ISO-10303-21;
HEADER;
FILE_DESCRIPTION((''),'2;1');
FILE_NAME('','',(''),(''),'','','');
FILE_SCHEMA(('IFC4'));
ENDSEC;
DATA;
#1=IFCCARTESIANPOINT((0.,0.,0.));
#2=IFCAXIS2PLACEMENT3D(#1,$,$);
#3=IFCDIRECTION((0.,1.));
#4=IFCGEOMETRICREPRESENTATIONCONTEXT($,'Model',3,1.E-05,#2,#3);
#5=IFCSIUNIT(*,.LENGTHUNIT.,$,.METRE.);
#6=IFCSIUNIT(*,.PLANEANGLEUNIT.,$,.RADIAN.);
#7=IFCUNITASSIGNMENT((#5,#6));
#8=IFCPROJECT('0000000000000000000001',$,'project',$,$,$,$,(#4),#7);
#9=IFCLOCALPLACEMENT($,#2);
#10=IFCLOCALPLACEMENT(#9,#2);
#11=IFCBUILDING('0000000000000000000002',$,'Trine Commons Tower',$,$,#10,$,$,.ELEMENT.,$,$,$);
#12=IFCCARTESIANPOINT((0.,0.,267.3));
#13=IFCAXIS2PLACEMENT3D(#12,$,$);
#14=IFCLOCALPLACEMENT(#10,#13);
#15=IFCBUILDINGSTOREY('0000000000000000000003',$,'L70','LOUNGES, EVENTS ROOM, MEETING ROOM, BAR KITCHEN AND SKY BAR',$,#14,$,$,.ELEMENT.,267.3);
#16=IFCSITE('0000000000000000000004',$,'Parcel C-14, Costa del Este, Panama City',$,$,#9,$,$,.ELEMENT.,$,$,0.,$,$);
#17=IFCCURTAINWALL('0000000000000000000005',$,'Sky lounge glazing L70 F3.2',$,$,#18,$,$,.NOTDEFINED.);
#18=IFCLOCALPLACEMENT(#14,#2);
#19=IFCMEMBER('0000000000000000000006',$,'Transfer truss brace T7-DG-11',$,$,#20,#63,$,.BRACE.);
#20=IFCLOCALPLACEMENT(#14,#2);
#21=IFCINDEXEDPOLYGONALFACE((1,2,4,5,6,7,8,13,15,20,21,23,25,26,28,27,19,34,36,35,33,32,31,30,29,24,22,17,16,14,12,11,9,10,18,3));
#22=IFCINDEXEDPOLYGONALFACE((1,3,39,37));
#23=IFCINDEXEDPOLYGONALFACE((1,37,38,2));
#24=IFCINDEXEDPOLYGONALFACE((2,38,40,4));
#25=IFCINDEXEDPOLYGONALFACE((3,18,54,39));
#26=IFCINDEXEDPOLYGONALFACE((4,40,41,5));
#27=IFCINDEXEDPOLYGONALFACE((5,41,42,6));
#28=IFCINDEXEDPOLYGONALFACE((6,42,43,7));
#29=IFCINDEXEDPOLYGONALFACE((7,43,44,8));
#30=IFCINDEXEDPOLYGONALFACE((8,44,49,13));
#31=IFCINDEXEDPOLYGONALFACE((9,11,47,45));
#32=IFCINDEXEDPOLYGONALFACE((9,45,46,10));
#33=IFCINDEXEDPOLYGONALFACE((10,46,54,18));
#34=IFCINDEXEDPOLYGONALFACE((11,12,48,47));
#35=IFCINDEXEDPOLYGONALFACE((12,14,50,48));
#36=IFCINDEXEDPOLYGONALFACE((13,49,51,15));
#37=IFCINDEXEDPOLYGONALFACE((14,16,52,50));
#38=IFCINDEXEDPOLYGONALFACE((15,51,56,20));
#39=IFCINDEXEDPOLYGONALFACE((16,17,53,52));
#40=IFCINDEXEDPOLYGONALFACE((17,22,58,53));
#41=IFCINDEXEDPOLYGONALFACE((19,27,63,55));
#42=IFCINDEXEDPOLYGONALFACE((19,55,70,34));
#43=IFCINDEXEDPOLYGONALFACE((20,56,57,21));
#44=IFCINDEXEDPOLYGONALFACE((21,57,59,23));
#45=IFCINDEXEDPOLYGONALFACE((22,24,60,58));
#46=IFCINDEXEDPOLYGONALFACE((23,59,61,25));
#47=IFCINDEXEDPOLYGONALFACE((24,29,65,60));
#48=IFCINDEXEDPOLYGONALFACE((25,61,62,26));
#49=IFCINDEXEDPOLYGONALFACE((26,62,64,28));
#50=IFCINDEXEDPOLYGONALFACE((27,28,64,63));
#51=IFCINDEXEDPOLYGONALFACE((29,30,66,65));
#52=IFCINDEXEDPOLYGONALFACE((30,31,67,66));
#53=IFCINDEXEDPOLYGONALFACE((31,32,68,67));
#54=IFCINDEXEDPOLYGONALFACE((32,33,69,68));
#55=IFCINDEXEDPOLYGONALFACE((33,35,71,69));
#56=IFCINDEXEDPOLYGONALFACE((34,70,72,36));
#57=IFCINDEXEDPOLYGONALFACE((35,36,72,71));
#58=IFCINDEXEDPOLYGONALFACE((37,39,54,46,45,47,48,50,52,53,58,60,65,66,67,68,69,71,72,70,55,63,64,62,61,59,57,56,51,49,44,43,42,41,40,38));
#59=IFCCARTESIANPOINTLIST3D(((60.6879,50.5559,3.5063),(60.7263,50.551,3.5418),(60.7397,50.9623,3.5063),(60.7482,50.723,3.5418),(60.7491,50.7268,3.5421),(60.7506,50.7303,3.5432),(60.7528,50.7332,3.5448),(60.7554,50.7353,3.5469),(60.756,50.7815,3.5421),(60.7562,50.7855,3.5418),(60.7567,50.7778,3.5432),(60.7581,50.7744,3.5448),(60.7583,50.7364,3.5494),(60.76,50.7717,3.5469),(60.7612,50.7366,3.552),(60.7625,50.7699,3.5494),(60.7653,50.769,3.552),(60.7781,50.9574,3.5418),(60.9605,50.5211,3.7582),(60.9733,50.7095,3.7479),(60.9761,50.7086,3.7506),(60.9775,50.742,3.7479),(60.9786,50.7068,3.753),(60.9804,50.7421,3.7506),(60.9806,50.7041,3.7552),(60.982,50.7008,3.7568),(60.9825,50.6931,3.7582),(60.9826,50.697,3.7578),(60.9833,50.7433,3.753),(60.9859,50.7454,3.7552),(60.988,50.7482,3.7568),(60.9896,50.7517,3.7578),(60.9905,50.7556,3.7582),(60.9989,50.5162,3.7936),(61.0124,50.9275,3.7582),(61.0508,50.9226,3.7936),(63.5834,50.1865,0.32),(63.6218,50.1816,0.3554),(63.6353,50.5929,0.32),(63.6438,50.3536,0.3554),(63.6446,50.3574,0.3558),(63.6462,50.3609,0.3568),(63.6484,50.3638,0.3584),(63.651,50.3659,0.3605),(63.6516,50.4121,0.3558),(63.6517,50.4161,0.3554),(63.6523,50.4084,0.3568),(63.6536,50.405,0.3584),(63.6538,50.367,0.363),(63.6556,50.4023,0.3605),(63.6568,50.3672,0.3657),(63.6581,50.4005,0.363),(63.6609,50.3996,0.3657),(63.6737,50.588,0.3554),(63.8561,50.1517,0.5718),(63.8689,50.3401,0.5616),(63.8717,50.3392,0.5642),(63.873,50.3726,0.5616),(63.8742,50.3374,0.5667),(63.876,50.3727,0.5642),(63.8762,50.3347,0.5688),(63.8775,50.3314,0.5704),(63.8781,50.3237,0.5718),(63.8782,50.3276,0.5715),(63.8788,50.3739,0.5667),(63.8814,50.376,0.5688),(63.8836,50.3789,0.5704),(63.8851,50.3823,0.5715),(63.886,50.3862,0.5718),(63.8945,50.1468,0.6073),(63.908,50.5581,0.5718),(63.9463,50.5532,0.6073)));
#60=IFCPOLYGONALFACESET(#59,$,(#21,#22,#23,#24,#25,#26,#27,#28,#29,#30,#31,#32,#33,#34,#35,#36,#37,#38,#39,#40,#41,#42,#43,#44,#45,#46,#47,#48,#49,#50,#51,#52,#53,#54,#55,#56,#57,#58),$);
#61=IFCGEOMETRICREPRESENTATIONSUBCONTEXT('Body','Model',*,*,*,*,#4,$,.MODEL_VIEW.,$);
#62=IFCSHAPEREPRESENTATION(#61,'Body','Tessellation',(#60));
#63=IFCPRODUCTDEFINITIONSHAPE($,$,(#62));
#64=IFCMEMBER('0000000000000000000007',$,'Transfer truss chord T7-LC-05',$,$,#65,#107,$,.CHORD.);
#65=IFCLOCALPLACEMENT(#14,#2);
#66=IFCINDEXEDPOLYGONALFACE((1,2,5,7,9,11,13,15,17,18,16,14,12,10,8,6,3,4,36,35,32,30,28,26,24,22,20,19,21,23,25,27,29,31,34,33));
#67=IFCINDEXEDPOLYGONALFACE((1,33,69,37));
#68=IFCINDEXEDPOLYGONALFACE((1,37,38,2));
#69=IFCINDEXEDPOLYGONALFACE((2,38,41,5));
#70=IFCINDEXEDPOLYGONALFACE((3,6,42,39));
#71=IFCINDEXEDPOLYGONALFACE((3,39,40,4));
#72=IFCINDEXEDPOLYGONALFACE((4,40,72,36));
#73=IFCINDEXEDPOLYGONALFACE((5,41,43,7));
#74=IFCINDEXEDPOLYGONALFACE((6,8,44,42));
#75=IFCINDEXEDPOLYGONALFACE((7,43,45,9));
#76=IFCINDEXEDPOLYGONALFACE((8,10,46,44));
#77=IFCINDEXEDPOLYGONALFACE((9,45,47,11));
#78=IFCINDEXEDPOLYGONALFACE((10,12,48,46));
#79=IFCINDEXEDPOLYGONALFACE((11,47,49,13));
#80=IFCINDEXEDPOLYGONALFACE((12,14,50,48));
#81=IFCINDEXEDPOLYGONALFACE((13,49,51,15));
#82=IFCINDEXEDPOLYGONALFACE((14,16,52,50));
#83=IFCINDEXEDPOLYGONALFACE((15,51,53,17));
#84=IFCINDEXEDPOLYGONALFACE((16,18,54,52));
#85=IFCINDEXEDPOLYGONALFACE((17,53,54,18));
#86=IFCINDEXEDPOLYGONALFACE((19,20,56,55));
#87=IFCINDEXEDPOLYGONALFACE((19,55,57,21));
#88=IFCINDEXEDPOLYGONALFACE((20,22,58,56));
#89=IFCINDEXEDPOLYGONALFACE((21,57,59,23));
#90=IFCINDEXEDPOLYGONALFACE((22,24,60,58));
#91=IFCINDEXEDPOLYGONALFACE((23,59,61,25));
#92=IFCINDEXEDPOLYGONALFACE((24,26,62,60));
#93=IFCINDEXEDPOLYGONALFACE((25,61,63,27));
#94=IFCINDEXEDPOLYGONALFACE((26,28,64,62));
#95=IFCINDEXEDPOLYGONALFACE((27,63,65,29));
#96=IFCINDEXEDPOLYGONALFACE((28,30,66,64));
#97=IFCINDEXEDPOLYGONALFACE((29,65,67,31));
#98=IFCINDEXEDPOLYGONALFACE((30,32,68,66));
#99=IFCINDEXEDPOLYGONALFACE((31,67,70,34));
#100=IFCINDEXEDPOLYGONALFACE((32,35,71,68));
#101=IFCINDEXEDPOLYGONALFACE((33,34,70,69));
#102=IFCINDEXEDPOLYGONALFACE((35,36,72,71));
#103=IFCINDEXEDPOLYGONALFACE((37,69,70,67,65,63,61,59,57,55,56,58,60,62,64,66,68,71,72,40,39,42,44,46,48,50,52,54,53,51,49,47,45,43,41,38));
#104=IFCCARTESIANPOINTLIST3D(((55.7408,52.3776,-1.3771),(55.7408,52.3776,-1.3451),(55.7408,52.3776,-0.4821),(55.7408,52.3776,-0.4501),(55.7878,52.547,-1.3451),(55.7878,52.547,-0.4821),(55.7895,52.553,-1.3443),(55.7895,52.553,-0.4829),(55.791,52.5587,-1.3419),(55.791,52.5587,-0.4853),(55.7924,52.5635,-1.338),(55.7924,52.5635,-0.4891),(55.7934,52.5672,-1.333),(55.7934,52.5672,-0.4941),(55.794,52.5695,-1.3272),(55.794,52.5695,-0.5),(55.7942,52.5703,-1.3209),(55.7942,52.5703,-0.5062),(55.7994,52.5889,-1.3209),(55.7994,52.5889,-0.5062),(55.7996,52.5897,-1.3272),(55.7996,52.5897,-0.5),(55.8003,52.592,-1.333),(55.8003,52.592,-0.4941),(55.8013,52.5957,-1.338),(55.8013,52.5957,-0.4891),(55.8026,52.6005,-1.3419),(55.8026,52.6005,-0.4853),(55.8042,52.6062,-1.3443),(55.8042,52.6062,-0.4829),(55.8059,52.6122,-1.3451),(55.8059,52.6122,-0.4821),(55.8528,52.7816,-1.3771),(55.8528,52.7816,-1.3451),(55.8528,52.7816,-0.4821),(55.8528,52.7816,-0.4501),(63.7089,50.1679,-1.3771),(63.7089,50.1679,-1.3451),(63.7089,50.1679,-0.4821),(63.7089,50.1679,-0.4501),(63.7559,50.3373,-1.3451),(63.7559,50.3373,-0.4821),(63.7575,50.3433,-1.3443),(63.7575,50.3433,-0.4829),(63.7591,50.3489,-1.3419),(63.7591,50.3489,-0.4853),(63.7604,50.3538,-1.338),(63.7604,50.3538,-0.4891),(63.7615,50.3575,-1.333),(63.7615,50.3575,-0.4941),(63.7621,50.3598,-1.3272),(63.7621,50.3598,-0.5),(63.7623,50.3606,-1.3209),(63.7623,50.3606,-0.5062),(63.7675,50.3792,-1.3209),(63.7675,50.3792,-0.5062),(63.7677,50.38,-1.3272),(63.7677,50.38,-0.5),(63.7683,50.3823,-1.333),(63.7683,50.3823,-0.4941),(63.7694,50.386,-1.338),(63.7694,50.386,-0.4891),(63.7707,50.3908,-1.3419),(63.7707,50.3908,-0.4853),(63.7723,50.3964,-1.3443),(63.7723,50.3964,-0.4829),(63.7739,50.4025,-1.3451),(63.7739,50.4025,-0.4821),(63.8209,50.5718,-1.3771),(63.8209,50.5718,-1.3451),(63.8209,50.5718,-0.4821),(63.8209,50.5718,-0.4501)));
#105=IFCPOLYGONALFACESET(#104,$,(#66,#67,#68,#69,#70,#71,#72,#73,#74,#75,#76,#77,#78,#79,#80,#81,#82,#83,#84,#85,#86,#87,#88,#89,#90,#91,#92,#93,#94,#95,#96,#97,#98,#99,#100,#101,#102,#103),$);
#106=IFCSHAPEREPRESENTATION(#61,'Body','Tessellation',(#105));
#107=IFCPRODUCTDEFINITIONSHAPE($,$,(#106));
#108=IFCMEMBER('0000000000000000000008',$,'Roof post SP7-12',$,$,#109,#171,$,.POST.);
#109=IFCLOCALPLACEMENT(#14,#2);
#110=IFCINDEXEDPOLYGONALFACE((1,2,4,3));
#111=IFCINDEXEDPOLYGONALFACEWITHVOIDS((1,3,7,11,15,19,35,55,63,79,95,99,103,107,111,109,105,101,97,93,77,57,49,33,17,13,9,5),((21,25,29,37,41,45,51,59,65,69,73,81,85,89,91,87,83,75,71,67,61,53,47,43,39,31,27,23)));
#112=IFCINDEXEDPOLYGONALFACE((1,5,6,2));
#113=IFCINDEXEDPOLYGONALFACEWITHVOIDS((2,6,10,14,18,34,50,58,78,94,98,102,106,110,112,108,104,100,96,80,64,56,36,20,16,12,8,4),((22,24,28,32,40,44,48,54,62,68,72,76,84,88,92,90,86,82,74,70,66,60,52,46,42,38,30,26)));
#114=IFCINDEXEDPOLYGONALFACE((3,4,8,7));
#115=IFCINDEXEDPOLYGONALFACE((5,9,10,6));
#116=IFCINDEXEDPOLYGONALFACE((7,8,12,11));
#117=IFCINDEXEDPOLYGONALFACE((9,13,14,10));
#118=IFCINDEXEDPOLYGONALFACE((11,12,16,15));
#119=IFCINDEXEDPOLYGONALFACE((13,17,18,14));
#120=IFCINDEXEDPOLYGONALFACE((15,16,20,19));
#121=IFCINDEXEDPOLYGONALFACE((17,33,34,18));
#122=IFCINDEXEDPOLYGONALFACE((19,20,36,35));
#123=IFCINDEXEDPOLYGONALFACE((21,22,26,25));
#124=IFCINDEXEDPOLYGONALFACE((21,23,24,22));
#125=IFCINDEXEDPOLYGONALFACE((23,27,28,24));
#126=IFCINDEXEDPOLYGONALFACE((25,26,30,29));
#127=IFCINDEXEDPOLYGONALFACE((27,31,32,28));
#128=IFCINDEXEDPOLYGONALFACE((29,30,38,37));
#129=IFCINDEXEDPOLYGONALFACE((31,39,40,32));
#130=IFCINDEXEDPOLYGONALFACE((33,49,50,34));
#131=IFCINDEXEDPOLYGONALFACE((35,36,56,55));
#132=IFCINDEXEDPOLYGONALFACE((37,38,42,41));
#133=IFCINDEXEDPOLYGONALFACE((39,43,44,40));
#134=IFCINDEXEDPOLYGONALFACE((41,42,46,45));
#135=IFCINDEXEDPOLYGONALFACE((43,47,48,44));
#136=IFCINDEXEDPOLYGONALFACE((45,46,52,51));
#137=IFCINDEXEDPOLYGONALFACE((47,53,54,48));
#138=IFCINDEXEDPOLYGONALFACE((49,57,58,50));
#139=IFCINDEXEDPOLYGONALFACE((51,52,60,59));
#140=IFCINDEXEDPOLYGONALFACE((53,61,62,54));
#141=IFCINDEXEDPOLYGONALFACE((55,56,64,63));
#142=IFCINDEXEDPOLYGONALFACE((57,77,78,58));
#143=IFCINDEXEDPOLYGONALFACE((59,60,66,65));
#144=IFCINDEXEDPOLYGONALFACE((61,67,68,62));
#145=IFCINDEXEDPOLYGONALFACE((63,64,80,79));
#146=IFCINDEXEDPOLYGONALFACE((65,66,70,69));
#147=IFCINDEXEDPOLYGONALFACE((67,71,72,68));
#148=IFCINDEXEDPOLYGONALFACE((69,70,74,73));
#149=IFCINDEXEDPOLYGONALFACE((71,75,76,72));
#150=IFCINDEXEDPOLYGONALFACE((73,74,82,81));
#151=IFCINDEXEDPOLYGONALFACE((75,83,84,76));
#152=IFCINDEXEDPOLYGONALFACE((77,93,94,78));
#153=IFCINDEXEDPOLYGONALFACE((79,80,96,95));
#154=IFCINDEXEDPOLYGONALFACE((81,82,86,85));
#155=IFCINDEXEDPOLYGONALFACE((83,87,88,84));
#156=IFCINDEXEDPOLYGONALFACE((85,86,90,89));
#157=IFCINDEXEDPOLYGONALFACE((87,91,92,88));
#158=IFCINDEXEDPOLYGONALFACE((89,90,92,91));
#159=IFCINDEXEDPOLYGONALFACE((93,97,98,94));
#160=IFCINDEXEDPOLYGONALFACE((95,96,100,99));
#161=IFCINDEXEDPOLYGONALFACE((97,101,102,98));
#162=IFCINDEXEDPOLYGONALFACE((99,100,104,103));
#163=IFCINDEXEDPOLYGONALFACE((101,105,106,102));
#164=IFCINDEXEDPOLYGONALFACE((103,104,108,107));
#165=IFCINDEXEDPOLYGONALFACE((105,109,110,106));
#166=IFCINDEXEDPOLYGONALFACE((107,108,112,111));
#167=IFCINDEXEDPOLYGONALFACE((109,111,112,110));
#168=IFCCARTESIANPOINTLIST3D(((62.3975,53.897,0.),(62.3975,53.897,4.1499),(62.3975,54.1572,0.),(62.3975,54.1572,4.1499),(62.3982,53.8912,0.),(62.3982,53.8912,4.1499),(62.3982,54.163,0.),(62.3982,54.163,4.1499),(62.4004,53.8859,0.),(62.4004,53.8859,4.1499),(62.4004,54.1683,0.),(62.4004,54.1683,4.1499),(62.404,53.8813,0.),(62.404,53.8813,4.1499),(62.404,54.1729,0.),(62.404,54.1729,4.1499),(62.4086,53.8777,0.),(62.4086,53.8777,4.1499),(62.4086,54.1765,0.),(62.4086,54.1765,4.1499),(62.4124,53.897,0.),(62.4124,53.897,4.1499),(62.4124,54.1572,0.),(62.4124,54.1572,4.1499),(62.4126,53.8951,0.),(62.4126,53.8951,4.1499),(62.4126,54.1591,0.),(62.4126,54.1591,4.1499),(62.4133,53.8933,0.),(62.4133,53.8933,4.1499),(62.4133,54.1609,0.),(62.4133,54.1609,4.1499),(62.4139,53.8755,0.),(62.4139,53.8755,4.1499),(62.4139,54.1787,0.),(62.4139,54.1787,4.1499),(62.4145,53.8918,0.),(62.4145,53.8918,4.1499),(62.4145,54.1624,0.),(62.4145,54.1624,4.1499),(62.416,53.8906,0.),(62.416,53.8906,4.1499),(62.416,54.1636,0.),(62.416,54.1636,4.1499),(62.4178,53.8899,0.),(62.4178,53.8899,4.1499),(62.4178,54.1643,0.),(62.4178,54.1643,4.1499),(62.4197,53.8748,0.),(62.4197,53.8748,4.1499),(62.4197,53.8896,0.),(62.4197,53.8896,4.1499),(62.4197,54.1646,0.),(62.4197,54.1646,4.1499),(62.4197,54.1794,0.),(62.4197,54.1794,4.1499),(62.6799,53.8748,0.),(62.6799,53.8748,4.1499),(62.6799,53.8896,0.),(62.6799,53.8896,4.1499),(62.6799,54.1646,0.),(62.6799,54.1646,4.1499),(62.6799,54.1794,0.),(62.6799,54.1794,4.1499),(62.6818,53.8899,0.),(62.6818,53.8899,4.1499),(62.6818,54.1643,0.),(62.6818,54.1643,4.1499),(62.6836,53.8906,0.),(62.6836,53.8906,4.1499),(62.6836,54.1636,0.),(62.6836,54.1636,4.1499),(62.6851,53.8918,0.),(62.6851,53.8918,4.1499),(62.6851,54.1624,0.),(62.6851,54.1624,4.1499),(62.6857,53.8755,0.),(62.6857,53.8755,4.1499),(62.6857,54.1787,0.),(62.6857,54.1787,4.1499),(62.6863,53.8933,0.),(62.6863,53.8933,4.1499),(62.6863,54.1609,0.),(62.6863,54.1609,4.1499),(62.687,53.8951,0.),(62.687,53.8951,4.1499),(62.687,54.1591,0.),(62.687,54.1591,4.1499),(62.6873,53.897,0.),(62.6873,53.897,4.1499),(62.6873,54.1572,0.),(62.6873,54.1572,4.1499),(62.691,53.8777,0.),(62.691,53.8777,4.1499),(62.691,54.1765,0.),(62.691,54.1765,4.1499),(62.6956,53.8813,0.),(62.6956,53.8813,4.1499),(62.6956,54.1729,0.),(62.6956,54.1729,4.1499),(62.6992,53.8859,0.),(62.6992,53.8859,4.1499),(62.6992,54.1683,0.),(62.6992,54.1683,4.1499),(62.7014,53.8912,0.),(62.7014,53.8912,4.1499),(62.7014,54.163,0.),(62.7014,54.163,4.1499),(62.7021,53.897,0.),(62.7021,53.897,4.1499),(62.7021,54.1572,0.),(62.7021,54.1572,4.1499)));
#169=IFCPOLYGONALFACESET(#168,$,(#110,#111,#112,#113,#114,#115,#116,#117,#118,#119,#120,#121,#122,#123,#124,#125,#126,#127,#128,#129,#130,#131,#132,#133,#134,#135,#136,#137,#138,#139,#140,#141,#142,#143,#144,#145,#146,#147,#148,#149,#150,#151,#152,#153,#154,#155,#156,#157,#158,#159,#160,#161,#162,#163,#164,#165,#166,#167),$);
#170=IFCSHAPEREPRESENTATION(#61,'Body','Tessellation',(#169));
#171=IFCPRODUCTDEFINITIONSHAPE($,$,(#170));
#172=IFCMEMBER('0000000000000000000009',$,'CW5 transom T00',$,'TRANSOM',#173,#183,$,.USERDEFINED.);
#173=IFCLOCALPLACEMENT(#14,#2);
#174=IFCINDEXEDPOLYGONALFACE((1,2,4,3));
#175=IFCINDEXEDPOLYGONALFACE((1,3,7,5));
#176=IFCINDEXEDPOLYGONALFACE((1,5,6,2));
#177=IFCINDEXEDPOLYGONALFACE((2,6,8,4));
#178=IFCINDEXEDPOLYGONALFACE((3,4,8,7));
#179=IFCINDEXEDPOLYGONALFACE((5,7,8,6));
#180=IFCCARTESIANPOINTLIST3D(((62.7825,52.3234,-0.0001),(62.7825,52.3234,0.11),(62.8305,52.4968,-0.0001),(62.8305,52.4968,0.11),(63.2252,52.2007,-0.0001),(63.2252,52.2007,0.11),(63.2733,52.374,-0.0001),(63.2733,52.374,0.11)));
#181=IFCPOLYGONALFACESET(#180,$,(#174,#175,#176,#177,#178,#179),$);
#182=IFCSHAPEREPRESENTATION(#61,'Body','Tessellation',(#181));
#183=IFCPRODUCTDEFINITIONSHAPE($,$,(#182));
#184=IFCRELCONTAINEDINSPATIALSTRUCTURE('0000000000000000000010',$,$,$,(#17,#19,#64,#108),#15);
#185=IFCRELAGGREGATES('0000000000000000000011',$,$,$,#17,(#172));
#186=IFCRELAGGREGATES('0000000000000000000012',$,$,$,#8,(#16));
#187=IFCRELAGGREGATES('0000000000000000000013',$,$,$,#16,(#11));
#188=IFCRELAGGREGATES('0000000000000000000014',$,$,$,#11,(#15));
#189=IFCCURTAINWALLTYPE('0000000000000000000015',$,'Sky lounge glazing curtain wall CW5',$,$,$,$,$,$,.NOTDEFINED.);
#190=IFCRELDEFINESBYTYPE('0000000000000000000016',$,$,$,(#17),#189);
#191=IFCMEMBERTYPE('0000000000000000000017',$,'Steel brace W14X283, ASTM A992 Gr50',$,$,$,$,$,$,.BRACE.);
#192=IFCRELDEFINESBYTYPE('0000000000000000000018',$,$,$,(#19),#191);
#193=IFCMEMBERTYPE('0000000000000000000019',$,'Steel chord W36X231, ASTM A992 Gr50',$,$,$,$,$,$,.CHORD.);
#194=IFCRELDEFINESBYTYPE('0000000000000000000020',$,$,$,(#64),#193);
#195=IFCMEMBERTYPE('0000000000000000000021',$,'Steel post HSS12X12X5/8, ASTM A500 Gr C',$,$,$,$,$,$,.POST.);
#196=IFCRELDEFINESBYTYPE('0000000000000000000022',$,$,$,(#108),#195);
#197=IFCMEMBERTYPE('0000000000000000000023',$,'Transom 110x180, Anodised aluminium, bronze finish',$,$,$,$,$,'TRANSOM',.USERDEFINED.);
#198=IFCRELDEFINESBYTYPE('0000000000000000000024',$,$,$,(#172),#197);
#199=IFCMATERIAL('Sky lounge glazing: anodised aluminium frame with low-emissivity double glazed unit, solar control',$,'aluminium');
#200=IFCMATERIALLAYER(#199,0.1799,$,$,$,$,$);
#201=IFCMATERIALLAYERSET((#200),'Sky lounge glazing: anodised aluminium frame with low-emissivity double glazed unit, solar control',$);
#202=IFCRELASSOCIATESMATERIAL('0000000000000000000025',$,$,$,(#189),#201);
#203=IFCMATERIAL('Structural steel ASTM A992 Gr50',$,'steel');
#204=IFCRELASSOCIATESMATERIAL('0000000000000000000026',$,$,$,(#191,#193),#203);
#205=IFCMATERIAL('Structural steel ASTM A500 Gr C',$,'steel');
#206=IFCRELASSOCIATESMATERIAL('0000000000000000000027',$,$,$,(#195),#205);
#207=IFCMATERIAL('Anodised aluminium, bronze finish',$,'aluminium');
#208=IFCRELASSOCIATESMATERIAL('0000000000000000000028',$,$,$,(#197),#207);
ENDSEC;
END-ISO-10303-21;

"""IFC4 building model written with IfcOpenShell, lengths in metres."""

from ifc_helpers import new_model, si_unit, direction, frame, origin, origin_2d, place, context, subcontext, project, spatial, rectangle, hollow_rectangle, i_section, extrude, material, layer, layer_set, material_profile, profile_set, type_object, element, aggregate, save


model = new_model("IFC4")

# Units and contexts
model_context = context("Model", 3, precision=1e-05, world=origin(), true_north=direction((0.0, 1.0)))
body_context = subcontext(model_context, "Body", "Model", "MODEL_VIEW")
ifc_project = project(units=[si_unit("LENGTHUNIT", "METRE"), si_unit("PLANEANGLEUNIT", "RADIAN")], contexts=[model_context])

# Site, building, storey
site_placement = place(None, origin())
site = spatial("IfcSite", under=ifc_project, at=site_placement, Name="Parcel C-14, Costa del Este, Panama City", CompositionType="ELEMENT", RefElevation=0.0)
building_placement = place(site_placement, origin())
building = spatial("IfcBuilding", under=site, at=building_placement, Name="Trine Commons Tower", CompositionType="ELEMENT")
storey_placement = place(building_placement, frame((0.0, 0.0, 267.3)))
storey = spatial("IfcBuildingStorey", under=building, at=storey_placement, Name="L70", Description="LOUNGES, EVENTS ROOM, MEETING ROOM, BAR KITCHEN AND SKY BAR", CompositionType="ELEMENT", Elevation=267.3)

# Curtain wall
ifc_material_1 = material(Name="Sky lounge glazing: anodised aluminium frame with low-emissivity double glazed unit, solar control", Category="aluminium")
ifc_layer_1 = layer(ifc_material_1, 0.1799)
ifc_layer_set_1 = layer_set([ifc_layer_1], Name="Sky lounge glazing: anodised aluminium frame with low-emissivity double glazed unit, solar control")
curtain_wall_type = type_object("IfcCurtainWallType", Name="Sky lounge glazing curtain wall CW5", PredefinedType="NOTDEFINED", material=ifc_layer_set_1)
curtain_wall_1_placement = place(storey_placement, origin())
curtain_wall_1 = element("IfcCurtainWall", 1, at=curtain_wall_1_placement, inside=storey, type_object=curtain_wall_type, Name="Sky lounge glazing L70 F3.2", PredefinedType="NOTDEFINED")
ifc_material_2 = material(Name="Anodised aluminium, bronze finish", Category="aluminium")

# Shared definitions
ifc_material_3 = material(Name="Structural steel ASTM A992 Gr50", Category="steel")

# Members
ifc_material_profile_1 = material_profile(ifc_material_3, i_section(OverallWidth=0.4097, OverallDepth=0.4253, WebThickness=0.0327, FlangeThickness=0.0525, FilletRadius=0.0151, at=origin_2d()), Name="W14X283")
ifc_profile_set_1 = profile_set([ifc_material_profile_1], Name="Structural steel ASTM A992 Gr50")
member_type_1 = type_object("IfcMemberType", Name="Steel brace W14X283, ASTM A992 Gr50", PredefinedType="BRACE", material=ifc_profile_set_1)
member_1_placement = place(storey_placement, frame((63.7649, 50.3699, 0.4636), z_axis=(-0.67007, 0.085482, 0.737359), x_axis=(-0.126546, -0.991961, 0.0)))
element("IfcMember", 2, at=member_1_placement, inside=storey, type_object=member_type_1, Name="Transfer truss brace T7-DG-11", PredefinedType="BRACE", context=body_context, shape_type="SweptSolid", body=[
    extrude(i_section(OverallWidth=0.4097, OverallDepth=0.4253, WebThickness=0.0327, FlangeThickness=0.0525, FilletRadius=0.0151, at=origin_2d()), origin(), (0.0, 0.0, 1.0), 4.3213),
])
ifc_material_profile_2 = material_profile(ifc_material_3, i_section(OverallWidth=0.4192, OverallDepth=0.927, WebThickness=0.0193, FlangeThickness=0.032, FilletRadius=0.0242, at=origin_2d()), Name="W36X231")
ifc_profile_set_2 = profile_set([ifc_material_profile_2], Name="Structural steel ASTM A992 Gr50")
member_type_2 = type_object("IfcMemberType", Name="Steel chord W36X231, ASTM A992 Gr50", PredefinedType="CHORD", material=ifc_profile_set_2)
member_2_placement = place(storey_placement, frame((63.7649, 50.3699, -0.9136), z_axis=(-0.963631, 0.267237, 0.0), x_axis=(-0.267237, -0.963631, 0.0)))
element("IfcMember", 3, at=member_2_placement, inside=storey, type_object=member_type_2, Name="Transfer truss chord T7-LC-05", PredefinedType="CHORD", context=body_context, shape_type="SweptSolid", body=[
    extrude(i_section(OverallWidth=0.4192, OverallDepth=0.927, WebThickness=0.0193, FlangeThickness=0.032, FilletRadius=0.0242, at=origin_2d()), origin(), (0.0, 0.0, 1.0), 8.2688),
])
ifc_material_4 = material(Name="Structural steel ASTM A500 Gr C", Category="steel")
ifc_material_profile_3 = material_profile(ifc_material_4, hollow_rectangle(XDim=0.3047, YDim=0.3047, WallThickness=0.0149, InnerFilletRadius=0.0073, OuterFilletRadius=0.0222, at=origin_2d()), Name="HSS12X12X5/8")
ifc_profile_set_3 = profile_set([ifc_material_profile_3], Name="Structural steel ASTM A500 Gr C")
member_type_3 = type_object("IfcMemberType", Name="Steel post HSS12X12X5/8, ASTM A500 Gr C", PredefinedType="POST", material=ifc_profile_set_3)
member_3_placement = place(storey_placement, frame((62.5498, 54.0271, 0.0), z_axis=(0.0, 0.0, 1.0), x_axis=(1.0, 0.0, 0.0)))
element("IfcMember", 4, at=member_3_placement, inside=storey, type_object=member_type_3, Name="Roof post SP7-12", PredefinedType="POST", context=body_context, shape_type="SweptSolid", body=[
    extrude(hollow_rectangle(XDim=0.3047, YDim=0.3047, WallThickness=0.0149, InnerFilletRadius=0.0073, OuterFilletRadius=0.0222, at=origin_2d()), origin(), (0.0, 0.0, 1.0), 4.1499),
])

# Member
ifc_material_profile_4 = material_profile(ifc_material_2, rectangle(XDim=0.1799, YDim=0.1101, at=origin_2d()), Name="Transom 110x180")
ifc_profile_set_4 = profile_set([ifc_material_profile_4], Name="Anodised aluminium, bronze finish")
member_type_4 = type_object("IfcMemberType", Name="Transom 110x180, Anodised aluminium, bronze finish", ElementType="TRANSOM", PredefinedType="USERDEFINED", material=ifc_profile_set_4)
member_4_placement = place(storey_placement, frame((63.2493, 52.2874, 0.0549), z_axis=(-0.96364, 0.267205, 0.0), x_axis=(-0.267205, -0.96364, 0.0)))
member_4 = element("IfcMember", 5, at=member_4_placement, type_object=member_type_4, Name="CW5 transom T00", ObjectType="TRANSOM", PredefinedType="USERDEFINED", context=body_context, shape_type="SweptSolid", body=[
    extrude(rectangle(XDim=0.1799, YDim=0.1101, at=origin_2d()), origin(), (0.0, 0.0, 1.0), 0.4595),
])

aggregate(curtain_wall_1, [member_4])

save(model, "model.ifc")
